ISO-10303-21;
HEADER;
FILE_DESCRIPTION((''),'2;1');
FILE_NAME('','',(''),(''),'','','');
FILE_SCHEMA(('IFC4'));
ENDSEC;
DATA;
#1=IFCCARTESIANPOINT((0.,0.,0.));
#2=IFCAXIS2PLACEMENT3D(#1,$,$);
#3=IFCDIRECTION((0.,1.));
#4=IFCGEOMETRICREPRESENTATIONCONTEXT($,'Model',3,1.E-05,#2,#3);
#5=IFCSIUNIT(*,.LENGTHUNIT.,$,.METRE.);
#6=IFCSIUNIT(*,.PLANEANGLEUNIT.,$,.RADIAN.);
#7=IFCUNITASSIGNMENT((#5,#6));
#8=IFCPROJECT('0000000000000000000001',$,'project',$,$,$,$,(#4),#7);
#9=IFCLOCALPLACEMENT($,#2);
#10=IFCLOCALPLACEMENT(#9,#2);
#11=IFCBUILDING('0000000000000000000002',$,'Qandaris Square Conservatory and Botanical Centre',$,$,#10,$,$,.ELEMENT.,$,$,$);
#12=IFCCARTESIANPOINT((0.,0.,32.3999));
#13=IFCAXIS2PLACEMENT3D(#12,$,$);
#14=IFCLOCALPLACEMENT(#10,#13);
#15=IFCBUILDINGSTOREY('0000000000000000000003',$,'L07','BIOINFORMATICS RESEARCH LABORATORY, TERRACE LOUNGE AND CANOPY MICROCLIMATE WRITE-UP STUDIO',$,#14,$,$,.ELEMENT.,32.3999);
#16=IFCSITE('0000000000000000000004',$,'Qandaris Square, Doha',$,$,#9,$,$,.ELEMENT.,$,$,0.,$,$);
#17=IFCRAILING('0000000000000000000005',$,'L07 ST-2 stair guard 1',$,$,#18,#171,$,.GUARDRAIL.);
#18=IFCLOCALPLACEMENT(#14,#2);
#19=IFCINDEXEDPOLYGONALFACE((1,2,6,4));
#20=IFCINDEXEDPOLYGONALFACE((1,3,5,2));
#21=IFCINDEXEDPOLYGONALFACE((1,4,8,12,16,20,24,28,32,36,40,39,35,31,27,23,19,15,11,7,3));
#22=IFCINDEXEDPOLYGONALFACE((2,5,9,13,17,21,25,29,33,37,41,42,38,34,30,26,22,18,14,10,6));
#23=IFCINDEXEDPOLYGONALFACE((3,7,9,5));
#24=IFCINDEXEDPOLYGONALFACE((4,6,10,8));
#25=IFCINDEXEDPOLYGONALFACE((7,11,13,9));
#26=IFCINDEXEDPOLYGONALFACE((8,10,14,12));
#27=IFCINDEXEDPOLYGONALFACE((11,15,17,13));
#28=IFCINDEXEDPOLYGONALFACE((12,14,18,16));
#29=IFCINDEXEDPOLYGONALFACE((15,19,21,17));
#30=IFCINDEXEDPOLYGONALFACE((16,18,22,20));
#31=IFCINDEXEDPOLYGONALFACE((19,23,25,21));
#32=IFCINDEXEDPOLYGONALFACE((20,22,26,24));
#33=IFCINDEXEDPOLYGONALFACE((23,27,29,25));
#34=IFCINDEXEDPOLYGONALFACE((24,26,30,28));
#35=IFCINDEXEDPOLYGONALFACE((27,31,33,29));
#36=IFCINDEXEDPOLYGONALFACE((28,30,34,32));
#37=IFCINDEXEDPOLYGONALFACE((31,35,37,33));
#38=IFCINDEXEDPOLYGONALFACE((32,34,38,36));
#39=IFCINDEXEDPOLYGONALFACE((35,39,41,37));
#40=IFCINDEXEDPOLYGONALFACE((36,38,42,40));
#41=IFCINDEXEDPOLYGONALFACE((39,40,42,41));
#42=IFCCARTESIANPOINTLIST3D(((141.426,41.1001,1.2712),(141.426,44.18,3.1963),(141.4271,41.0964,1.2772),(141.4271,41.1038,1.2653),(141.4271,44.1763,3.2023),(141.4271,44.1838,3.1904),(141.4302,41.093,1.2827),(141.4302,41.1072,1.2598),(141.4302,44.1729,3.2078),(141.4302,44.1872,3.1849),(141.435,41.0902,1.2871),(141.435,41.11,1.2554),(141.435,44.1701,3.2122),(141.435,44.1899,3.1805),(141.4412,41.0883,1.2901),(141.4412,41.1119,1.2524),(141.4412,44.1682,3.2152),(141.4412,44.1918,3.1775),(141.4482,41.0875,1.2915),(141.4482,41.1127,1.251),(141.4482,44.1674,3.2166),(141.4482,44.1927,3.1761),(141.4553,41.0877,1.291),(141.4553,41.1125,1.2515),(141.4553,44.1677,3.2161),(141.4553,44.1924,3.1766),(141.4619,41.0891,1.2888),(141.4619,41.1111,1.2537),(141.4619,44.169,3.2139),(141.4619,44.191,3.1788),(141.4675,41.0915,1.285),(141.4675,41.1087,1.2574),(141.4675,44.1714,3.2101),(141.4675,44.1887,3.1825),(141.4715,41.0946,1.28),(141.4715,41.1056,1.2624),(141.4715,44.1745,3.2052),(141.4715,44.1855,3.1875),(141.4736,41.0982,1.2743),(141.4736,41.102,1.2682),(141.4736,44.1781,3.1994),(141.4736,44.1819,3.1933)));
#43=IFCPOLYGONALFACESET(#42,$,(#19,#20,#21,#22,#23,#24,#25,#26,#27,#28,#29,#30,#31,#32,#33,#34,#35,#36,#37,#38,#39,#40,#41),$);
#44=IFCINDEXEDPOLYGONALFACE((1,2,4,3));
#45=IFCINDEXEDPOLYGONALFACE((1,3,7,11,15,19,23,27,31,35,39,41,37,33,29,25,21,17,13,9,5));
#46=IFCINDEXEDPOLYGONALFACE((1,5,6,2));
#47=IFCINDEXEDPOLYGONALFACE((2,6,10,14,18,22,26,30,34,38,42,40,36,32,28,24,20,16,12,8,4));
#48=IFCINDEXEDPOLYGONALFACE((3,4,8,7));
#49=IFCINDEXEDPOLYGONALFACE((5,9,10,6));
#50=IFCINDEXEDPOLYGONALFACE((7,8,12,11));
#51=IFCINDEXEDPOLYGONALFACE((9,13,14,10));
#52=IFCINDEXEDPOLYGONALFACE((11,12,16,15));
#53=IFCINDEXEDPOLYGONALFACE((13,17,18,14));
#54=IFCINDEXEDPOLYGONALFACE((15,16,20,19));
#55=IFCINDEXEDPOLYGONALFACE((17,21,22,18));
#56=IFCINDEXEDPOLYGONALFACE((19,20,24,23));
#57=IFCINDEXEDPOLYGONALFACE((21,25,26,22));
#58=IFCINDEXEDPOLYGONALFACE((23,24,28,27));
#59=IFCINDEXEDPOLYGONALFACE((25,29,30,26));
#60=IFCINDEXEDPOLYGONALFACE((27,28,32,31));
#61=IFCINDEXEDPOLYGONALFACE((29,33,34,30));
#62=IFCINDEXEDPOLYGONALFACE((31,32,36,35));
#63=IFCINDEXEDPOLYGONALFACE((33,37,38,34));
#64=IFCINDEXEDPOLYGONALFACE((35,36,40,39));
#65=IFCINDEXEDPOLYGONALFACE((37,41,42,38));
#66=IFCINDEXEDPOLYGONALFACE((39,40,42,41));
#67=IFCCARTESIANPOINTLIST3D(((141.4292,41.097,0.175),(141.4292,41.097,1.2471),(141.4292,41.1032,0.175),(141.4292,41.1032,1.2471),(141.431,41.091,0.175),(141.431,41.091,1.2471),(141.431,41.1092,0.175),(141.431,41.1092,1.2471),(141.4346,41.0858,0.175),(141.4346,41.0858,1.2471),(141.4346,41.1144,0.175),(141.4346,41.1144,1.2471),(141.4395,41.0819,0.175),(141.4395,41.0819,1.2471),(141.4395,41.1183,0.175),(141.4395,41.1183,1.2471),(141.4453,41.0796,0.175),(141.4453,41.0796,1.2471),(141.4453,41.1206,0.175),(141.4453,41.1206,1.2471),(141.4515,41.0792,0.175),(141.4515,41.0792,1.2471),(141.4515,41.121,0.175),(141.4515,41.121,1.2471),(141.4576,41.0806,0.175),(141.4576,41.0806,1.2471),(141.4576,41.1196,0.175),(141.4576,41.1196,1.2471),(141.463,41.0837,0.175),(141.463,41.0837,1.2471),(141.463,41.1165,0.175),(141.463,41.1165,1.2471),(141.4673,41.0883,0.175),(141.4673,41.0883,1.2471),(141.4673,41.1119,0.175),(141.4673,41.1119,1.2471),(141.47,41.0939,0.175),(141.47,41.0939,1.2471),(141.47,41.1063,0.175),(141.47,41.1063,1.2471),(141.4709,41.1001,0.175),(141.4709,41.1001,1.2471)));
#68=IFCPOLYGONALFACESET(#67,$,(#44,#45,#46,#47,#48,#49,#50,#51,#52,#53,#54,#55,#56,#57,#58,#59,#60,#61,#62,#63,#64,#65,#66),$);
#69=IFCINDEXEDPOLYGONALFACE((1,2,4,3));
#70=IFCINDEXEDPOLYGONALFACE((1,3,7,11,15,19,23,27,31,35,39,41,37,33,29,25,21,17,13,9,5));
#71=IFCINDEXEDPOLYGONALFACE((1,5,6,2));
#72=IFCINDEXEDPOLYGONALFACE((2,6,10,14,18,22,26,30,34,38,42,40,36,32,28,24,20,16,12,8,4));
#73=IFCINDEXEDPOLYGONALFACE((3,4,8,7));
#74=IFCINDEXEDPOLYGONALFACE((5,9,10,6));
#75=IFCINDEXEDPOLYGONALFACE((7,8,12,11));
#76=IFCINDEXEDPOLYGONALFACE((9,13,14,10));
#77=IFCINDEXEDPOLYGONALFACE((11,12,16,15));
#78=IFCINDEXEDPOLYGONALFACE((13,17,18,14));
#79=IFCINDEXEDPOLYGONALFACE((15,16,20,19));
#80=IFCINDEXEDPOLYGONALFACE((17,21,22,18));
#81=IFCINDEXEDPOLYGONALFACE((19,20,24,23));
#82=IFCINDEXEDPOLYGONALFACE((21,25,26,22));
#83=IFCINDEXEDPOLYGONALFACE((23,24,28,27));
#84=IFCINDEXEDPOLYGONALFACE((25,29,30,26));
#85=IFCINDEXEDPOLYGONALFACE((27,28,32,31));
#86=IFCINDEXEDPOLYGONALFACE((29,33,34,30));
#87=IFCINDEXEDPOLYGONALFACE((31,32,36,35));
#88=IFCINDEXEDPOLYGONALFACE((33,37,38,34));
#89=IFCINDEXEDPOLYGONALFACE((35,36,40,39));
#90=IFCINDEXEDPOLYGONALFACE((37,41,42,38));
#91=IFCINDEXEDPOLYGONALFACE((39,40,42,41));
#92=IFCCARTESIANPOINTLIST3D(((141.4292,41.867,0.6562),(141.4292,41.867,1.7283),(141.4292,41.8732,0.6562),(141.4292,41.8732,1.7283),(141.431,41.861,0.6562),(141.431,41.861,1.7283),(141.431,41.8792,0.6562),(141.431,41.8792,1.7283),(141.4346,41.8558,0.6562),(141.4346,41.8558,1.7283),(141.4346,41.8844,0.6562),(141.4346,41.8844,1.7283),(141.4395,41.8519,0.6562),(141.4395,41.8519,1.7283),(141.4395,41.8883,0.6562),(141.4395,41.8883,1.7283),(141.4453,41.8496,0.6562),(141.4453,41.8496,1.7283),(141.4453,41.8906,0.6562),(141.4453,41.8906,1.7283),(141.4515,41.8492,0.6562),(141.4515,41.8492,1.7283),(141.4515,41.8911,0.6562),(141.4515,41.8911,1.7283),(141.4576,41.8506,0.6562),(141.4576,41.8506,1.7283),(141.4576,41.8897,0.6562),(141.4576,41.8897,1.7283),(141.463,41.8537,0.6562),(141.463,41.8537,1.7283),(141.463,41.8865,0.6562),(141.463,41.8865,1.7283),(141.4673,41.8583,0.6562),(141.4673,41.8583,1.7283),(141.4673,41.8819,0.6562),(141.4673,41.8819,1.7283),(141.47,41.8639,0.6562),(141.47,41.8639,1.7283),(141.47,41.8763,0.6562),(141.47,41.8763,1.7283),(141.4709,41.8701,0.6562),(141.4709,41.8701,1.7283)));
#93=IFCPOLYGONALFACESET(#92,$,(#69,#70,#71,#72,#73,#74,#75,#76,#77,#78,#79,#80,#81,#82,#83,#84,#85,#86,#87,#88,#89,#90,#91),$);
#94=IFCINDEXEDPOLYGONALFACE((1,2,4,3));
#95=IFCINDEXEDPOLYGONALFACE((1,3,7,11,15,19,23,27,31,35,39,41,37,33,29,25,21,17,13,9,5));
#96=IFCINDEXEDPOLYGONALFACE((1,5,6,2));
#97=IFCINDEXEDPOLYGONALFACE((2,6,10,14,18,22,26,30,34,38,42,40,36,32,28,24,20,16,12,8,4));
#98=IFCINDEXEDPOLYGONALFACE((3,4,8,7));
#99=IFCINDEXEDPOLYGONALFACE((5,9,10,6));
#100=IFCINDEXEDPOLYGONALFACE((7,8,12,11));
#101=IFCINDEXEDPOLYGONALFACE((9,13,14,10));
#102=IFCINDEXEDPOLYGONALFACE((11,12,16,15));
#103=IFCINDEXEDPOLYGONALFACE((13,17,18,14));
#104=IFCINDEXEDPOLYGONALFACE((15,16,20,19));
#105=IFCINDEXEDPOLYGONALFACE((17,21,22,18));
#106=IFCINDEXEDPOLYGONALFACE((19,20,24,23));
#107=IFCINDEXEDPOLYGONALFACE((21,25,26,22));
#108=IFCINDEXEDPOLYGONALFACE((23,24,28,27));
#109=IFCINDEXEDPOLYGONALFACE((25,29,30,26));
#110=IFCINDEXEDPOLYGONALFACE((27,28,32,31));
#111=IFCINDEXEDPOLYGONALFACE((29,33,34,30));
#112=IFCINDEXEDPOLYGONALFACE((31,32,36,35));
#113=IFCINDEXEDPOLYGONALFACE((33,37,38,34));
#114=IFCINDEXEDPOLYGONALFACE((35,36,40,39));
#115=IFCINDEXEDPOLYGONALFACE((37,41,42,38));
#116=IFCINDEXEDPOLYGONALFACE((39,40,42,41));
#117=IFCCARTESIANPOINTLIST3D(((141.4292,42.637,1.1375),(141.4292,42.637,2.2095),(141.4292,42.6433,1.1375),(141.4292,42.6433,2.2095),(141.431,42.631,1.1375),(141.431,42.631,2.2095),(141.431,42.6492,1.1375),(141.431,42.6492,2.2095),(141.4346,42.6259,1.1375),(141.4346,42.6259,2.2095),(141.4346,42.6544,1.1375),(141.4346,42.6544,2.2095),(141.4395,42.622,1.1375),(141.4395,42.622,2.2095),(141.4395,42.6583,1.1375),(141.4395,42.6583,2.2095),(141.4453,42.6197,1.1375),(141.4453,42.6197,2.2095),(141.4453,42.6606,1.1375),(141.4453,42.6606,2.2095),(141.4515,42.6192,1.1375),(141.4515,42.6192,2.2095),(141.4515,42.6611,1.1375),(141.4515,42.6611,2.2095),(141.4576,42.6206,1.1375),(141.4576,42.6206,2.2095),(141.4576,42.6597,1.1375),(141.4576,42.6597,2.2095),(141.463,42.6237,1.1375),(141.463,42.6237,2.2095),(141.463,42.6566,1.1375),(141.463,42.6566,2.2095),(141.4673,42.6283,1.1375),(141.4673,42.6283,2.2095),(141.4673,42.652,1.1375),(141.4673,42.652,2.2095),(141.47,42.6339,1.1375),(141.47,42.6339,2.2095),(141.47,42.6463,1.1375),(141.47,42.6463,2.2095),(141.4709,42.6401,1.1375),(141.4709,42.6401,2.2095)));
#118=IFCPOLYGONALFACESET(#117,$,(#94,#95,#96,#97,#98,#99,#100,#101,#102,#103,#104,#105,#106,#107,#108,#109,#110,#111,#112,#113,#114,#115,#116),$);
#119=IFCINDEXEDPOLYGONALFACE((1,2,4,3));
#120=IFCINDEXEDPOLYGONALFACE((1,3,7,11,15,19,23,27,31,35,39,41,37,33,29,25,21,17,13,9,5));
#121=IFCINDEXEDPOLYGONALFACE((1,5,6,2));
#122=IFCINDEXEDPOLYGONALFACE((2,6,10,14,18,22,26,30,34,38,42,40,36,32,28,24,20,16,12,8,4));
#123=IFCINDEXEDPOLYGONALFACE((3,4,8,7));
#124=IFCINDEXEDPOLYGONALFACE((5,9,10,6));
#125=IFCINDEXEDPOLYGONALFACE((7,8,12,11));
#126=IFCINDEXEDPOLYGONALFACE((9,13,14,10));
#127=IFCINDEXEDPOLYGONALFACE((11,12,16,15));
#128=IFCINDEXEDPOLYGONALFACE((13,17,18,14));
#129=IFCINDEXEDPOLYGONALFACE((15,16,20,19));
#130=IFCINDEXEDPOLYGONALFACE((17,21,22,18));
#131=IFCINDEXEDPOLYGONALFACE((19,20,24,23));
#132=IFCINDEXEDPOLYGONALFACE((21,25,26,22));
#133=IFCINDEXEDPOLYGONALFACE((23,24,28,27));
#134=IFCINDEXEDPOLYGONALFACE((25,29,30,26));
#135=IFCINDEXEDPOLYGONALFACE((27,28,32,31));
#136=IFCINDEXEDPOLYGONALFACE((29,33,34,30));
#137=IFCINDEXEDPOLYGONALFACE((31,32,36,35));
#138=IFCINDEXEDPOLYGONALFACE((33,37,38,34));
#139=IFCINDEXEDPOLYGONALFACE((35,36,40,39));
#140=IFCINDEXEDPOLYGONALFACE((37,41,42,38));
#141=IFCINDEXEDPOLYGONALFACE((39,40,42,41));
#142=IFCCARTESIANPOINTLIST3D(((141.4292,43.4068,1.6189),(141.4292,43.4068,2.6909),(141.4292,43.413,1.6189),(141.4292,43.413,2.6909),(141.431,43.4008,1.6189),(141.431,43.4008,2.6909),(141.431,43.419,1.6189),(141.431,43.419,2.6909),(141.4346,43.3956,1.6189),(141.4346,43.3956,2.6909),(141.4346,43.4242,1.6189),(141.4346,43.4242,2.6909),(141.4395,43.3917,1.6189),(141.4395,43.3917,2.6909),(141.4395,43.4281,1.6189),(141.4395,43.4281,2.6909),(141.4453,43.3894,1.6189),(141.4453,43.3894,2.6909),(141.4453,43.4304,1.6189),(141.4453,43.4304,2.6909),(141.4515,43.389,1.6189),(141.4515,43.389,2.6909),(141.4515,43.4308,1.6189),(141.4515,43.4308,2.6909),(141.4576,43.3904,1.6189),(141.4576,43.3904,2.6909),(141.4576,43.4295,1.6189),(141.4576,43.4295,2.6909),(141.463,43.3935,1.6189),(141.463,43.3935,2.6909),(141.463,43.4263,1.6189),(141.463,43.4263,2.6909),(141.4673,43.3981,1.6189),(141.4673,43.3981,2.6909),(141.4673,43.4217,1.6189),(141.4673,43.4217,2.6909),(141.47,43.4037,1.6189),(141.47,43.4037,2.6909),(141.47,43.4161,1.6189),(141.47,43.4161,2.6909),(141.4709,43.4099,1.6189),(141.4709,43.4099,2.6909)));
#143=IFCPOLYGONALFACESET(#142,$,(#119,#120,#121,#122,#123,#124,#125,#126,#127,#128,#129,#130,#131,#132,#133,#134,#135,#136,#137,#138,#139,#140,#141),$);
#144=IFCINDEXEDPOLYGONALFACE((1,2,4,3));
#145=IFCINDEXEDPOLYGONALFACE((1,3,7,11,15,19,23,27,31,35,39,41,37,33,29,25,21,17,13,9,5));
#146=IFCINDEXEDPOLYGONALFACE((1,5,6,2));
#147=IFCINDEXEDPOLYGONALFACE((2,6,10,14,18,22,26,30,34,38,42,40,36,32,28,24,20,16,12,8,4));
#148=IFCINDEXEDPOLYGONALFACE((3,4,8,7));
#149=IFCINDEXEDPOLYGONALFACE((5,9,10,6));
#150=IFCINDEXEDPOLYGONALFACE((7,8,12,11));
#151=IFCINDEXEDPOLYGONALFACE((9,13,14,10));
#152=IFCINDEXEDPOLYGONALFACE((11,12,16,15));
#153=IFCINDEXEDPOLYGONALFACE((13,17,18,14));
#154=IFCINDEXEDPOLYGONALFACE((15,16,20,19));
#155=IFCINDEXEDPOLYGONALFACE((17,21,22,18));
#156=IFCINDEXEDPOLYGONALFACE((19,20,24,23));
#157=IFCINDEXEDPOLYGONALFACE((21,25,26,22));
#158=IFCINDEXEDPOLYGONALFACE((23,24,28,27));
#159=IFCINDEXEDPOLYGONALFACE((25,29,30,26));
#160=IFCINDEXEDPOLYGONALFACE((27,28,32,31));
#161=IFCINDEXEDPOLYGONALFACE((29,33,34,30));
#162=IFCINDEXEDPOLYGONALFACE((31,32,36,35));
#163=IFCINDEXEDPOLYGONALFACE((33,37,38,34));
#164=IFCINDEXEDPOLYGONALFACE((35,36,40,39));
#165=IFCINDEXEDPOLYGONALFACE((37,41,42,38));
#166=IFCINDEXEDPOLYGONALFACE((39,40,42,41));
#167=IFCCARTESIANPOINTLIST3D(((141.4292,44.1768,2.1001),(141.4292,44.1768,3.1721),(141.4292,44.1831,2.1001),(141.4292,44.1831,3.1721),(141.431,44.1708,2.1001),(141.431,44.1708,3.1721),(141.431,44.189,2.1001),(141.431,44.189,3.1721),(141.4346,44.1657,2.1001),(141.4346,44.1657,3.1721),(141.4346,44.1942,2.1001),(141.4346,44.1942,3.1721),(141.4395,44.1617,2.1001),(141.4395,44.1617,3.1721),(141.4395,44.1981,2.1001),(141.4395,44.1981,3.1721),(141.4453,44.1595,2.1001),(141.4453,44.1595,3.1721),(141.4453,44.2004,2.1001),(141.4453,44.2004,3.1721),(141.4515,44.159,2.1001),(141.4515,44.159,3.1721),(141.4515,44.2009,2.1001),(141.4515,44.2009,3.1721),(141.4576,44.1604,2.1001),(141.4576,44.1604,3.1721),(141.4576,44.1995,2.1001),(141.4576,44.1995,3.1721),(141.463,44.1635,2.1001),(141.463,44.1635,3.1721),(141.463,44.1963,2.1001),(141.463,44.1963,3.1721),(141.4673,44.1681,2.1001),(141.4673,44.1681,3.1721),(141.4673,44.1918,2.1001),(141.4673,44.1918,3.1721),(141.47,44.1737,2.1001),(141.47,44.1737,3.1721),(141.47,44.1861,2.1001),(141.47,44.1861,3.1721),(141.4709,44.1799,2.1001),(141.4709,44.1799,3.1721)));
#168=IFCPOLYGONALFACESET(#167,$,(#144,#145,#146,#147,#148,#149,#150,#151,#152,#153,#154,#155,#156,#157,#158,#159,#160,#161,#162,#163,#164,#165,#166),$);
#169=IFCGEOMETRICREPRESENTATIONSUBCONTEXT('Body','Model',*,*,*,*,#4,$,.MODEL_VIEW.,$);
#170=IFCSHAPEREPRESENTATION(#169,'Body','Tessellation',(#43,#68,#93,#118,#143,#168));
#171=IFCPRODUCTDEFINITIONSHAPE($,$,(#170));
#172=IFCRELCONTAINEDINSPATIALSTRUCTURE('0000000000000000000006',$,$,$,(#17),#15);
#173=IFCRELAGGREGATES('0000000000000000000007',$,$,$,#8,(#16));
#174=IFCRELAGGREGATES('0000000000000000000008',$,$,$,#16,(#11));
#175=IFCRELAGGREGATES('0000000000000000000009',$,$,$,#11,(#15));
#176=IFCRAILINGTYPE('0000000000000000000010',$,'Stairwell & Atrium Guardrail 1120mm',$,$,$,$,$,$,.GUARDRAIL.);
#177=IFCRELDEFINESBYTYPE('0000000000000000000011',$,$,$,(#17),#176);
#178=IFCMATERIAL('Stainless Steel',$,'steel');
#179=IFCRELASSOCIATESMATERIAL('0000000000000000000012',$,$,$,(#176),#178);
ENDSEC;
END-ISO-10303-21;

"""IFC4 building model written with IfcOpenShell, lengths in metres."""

from ifc_helpers import new_model, si_unit, direction, frame, origin, origin_2d, place, context, subcontext, project, spatial, circle, extrude, material, type_object, element, save


model = new_model("IFC4")

# Units and contexts
model_context = context("Model", 3, precision=1e-05, world=origin(), true_north=direction((0.0, 1.0)))
body_context = subcontext(model_context, "Body", "Model", "MODEL_VIEW")
ifc_project = project(units=[si_unit("LENGTHUNIT", "METRE"), si_unit("PLANEANGLEUNIT", "RADIAN")], contexts=[model_context])

# Site, building, storey
site_placement = place(None, origin())
site = spatial("IfcSite", under=ifc_project, at=site_placement, Name="Qandaris Square, Doha", CompositionType="ELEMENT", RefElevation=0.0)
building_placement = place(site_placement, origin())
building = spatial("IfcBuilding", under=site, at=building_placement, Name="Qandaris Square Conservatory and Botanical Centre", CompositionType="ELEMENT")
storey_placement = place(building_placement, frame((0.0, 0.0, 32.3999)))
storey = spatial("IfcBuildingStorey", under=building, at=storey_placement, Name="L07", Description="BIOINFORMATICS RESEARCH LABORATORY, TERRACE LOUNGE AND CANOPY MICROCLIMATE WRITE-UP STUDIO", CompositionType="ELEMENT", Elevation=32.3999)

# Railing
ifc_material_1 = material(Name="Stainless Steel", Category="steel")
railing_type_1 = type_object("IfcRailingType", Name="Stairwell & Atrium Guardrail 1120mm", PredefinedType="GUARDRAIL", material=ifc_material_1)
railing_1_placement = place(storey_placement, frame((141.45, 41.1001, 0.175)))
element("IfcRailing", 1, at=railing_1_placement, inside=storey, type_object=railing_type_1, Name="L07 ST-2 stair guard 1", PredefinedType="GUARDRAIL", context=body_context, shape_type="SweptSolid", body=[
    extrude(circle(Radius=0.0239, at=origin_2d()), frame((0.0, 0.0, 1.0962), z_axis=(0.0, 0.847979, 0.530029), x_axis=(-1.0, 0.0, 0.0)), (0.0, 0.0, 1.0), 3.6321),
    extrude(circle(Radius=0.021, at=origin_2d()), origin(), (0.0, 0.0, 1.0), 1.072),
    extrude(circle(Radius=0.021, at=origin_2d()), frame((0.0, 0.77, 0.4812)), (0.0, 0.0, 1.0), 1.072),
    extrude(circle(Radius=0.021, at=origin_2d()), frame((0.0, 1.54, 0.9624)), (0.0, 0.0, 1.0), 1.072),
    extrude(circle(Radius=0.021, at=origin_2d()), frame((0.0, 2.3098, 1.4438)), (0.0, 0.0, 1.0), 1.072),
    extrude(circle(Radius=0.021, at=origin_2d()), frame((0.0, 3.0798, 1.925)), (0.0, 0.0, 1.0), 1.072),
])

save(model, "model.ifc")
